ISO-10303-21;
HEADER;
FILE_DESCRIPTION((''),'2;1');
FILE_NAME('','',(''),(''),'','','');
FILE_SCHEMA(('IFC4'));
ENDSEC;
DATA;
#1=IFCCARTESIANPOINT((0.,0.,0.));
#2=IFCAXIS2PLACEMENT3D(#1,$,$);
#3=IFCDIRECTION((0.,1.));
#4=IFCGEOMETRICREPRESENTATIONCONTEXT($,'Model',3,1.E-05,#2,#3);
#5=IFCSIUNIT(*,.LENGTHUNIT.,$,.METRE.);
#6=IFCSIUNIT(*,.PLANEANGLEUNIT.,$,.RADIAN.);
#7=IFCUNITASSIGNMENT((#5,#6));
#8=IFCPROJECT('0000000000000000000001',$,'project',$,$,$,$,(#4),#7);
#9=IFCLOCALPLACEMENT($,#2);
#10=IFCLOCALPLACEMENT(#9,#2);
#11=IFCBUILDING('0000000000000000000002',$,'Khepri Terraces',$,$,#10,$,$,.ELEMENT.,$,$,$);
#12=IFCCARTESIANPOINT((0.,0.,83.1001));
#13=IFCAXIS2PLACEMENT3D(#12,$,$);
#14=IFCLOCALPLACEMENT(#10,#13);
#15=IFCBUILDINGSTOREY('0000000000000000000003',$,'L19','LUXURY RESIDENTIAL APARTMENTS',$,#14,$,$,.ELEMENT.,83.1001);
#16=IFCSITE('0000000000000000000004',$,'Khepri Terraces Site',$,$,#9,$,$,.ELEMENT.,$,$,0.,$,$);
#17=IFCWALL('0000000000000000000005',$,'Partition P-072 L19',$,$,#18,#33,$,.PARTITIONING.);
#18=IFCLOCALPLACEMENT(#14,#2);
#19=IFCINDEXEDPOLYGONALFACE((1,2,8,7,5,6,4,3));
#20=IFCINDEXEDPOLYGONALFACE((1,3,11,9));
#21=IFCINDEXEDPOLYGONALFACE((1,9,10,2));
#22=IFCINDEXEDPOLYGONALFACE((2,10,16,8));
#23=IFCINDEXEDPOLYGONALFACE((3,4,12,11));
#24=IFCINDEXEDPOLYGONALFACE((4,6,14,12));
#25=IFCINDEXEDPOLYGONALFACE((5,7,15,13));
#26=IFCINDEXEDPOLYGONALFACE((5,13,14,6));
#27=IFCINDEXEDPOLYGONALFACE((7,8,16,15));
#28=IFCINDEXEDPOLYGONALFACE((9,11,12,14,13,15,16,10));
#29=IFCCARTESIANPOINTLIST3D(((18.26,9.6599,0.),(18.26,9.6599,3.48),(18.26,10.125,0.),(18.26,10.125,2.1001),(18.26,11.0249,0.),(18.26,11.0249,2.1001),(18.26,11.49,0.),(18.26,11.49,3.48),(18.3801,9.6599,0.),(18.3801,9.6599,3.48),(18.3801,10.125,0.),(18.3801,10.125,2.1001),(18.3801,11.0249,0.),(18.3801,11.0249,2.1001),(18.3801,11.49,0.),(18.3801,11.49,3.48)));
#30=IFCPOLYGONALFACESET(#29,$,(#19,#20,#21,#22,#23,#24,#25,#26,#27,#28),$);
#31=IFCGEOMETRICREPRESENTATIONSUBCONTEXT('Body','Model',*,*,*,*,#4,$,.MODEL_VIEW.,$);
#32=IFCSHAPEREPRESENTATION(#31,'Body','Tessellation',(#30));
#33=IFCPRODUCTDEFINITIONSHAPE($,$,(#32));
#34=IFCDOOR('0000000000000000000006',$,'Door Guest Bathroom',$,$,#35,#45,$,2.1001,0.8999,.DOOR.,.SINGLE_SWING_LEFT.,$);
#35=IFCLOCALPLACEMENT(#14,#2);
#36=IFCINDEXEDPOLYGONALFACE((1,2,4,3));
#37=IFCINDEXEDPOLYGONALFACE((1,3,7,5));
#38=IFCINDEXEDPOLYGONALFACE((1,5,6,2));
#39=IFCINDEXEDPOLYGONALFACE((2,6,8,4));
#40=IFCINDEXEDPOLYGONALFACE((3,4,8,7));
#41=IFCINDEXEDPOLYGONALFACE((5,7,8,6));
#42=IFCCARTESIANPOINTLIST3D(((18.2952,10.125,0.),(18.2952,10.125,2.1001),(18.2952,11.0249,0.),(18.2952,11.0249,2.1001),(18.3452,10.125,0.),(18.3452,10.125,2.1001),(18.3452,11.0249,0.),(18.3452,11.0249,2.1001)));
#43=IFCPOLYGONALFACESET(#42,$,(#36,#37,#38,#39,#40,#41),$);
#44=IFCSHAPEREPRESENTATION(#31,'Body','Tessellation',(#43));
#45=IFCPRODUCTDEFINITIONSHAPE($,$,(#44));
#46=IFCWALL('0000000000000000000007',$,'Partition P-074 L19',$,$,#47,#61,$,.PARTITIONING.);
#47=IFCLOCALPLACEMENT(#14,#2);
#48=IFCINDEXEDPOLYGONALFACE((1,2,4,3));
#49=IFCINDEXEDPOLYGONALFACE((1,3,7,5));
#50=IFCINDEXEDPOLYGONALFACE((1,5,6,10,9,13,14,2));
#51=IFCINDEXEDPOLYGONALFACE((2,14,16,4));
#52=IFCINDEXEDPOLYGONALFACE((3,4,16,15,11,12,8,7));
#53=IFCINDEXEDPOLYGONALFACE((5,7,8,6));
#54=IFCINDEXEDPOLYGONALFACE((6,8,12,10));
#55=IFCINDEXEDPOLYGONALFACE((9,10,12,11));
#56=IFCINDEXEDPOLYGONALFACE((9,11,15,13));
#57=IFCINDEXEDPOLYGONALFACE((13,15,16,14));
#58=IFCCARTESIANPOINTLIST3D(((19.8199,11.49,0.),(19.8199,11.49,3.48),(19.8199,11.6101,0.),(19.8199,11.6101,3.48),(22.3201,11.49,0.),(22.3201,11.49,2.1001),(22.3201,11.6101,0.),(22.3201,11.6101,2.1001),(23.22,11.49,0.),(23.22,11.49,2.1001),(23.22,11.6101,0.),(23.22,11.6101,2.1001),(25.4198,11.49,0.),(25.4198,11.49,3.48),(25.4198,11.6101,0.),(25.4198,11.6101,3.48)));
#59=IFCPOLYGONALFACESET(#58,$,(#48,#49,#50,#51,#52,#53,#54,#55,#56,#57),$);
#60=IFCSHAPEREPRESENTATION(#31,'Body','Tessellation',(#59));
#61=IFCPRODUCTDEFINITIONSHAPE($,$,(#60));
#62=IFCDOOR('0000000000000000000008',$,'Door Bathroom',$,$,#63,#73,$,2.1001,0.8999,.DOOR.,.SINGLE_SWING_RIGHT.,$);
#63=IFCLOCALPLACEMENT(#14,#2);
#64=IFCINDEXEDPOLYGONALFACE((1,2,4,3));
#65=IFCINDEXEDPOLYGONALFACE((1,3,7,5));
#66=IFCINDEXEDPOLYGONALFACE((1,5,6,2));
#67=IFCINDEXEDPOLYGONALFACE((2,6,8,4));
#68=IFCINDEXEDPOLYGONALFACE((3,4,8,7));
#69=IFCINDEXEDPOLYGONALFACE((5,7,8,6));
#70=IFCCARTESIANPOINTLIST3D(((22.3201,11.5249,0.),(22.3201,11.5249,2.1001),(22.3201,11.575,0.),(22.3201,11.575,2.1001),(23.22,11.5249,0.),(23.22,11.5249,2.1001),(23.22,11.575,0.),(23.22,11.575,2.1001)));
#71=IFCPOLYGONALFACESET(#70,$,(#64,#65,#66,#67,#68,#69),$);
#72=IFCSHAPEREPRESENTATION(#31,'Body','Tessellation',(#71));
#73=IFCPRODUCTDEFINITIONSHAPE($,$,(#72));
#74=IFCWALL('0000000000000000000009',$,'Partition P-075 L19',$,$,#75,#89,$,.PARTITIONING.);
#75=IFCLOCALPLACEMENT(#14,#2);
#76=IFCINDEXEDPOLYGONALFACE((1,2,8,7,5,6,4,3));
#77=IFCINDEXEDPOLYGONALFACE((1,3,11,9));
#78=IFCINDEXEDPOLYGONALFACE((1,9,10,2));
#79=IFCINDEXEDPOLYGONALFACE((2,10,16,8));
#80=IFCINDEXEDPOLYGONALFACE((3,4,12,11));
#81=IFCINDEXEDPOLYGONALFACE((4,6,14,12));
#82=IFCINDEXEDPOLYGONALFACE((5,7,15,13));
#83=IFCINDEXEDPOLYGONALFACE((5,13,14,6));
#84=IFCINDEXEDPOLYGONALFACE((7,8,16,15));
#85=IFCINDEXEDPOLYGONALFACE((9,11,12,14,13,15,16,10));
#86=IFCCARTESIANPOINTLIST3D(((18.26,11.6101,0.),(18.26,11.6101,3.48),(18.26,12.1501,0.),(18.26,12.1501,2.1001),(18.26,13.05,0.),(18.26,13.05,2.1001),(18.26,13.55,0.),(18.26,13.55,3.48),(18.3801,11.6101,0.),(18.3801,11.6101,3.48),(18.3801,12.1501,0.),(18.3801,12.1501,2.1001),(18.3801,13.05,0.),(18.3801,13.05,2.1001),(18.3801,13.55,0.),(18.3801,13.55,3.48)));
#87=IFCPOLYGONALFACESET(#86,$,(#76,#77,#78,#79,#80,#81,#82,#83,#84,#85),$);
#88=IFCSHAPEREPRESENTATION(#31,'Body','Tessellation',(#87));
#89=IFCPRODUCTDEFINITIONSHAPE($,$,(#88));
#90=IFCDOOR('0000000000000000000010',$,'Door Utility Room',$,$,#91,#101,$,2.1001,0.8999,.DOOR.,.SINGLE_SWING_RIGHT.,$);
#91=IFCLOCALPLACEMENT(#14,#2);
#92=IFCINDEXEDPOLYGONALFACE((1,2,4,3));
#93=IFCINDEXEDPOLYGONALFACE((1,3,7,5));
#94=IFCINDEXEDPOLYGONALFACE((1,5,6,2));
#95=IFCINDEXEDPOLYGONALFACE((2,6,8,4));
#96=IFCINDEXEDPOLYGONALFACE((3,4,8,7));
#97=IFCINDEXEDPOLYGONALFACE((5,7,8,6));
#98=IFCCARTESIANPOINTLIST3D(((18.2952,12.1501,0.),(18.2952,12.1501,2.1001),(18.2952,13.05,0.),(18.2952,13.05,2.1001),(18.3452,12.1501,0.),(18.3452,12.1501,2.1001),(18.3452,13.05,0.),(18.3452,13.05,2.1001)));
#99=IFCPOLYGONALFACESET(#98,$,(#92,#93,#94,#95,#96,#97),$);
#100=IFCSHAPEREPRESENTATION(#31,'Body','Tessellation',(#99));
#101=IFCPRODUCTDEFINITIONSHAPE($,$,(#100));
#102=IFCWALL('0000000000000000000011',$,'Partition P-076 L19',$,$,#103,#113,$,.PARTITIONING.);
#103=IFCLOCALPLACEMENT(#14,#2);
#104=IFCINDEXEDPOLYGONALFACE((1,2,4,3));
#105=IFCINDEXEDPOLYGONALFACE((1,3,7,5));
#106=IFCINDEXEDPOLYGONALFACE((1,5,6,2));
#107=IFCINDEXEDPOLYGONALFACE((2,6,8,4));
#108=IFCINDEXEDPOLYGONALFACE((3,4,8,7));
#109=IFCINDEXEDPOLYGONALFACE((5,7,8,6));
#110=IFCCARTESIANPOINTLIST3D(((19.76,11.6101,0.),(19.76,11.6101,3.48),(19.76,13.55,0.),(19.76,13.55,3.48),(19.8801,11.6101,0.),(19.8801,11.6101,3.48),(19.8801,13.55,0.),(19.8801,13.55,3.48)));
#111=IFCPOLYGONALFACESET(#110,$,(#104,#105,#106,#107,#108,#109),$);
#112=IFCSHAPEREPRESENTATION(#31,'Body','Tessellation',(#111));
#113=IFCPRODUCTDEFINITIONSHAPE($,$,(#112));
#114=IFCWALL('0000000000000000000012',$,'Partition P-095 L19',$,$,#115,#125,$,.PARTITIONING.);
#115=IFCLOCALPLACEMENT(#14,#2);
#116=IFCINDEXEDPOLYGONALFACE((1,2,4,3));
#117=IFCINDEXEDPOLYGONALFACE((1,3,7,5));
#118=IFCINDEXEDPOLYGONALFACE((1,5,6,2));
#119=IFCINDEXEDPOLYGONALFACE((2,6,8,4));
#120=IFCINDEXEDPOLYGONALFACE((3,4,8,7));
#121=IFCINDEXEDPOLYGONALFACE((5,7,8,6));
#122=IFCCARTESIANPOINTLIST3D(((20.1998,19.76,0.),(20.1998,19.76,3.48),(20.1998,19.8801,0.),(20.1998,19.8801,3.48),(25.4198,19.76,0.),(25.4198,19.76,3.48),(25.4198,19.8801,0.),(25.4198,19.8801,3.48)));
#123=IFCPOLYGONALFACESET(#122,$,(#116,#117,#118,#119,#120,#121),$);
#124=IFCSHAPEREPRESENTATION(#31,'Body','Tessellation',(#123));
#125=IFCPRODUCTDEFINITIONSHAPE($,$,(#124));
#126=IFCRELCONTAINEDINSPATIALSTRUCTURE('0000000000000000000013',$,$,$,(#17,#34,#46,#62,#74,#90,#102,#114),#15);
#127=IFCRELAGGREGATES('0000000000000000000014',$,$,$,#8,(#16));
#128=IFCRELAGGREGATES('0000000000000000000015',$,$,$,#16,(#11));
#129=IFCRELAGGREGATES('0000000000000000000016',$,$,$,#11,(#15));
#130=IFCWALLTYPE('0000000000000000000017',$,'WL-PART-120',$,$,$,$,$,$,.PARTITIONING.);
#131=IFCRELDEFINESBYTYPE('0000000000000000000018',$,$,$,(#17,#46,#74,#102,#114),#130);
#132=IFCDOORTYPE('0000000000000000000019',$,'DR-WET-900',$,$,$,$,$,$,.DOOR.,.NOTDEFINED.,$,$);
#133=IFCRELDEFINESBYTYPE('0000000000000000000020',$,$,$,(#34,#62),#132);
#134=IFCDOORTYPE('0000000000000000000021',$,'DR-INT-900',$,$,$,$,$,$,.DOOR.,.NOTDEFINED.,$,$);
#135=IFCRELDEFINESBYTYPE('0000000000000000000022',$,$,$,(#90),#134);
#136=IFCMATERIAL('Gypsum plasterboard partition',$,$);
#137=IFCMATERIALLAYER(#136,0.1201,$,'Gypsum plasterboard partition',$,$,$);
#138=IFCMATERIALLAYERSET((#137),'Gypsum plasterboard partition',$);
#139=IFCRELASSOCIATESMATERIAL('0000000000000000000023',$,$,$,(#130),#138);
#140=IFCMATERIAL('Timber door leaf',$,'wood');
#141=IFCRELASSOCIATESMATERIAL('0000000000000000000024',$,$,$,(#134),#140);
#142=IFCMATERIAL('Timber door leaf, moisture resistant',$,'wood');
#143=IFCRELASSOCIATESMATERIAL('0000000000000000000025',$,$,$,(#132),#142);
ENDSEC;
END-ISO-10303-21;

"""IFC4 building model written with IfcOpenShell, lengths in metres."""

from ifc_helpers import new_model, si_unit, direction, frame, frame_2d, origin, place, context, subcontext, project, spatial, rectangle, extrude, material, layer, layer_set, type_object, element, fill, save


model = new_model("IFC4")

# Units and contexts
model_context = context("Model", 3, precision=1e-05, world=origin(), true_north=direction((0.0, 1.0)))
body_context = subcontext(model_context, "Body", "Model", "MODEL_VIEW")
ifc_project = project(units=[si_unit("LENGTHUNIT", "METRE"), si_unit("PLANEANGLEUNIT", "RADIAN")], contexts=[model_context])

# Site, building, storey
site_placement = place(None, origin())
site = spatial("IfcSite", under=ifc_project, at=site_placement, Name="Khepri Terraces Site", CompositionType="ELEMENT", RefElevation=0.0)
building_placement = place(site_placement, origin())
building = spatial("IfcBuilding", under=site, at=building_placement, Name="Khepri Terraces", CompositionType="ELEMENT")
storey_placement = place(building_placement, frame((0.0, 0.0, 83.1001)))
storey = spatial("IfcBuildingStorey", under=building, at=storey_placement, Name="L19", Description="LUXURY RESIDENTIAL APARTMENTS", CompositionType="ELEMENT", Elevation=83.1001)

# Shared definitions
ifc_material_1 = material(Name="Gypsum plasterboard partition")
ifc_layer_1 = layer(ifc_material_1, 0.1201, Name="Gypsum plasterboard partition")
ifc_layer_set_1 = layer_set([ifc_layer_1], Name="Gypsum plasterboard partition")
wall_type_1 = type_object("IfcWallType", Name="WL-PART-120", PredefinedType="PARTITIONING", material=ifc_layer_set_1)
ifc_material_2 = material(Name="Timber door leaf", Category="wood")
door_type_1 = type_object("IfcDoorType", Name="DR-INT-900", OperationType="NOTDEFINED", PredefinedType="DOOR", material=ifc_material_2)

# Walls, openings, doors
wall_1_placement = place(storey_placement, frame((18.3201, 9.6599, 0.0), z_axis=(0.0, 0.0, 1.0), x_axis=(0.0, 1.0, 0.0)))
wall_1 = element("IfcWall", 1, at=wall_1_placement, inside=storey, type_object=wall_type_1, Name="Partition P-072 L19", PredefinedType="PARTITIONING", context=body_context, shape_type="SweptSolid", body=[
    extrude(rectangle(XDim=1.8301, YDim=0.1201, at=frame_2d((0.915, 0.0))), origin(), (0.0, 0.0, 1.0), 3.48),
])
opening_1_placement = place(wall_1_placement, frame((0.4651, 0.0, 0.0)))
opening_1 = element("IfcOpeningElement", 2, at=opening_1_placement, cuts=wall_1, PredefinedType="OPENING", context=body_context, shape_type="SweptSolid", body=[
    extrude(rectangle(XDim=0.8999, YDim=2.1001, at=frame_2d((0.45, 1.05))), frame((0.0, 0.0701, 0.0), z_axis=(0.0, -1.0, 0.0), x_axis=(1.0, 0.0, 0.0)), (0.0, 0.0, 1.0), 0.1401),
])
ifc_material_3 = material(Name="Timber door leaf, moisture resistant", Category="wood")
door_type_2 = type_object("IfcDoorType", Name="DR-WET-900", OperationType="NOTDEFINED", PredefinedType="DOOR", material=ifc_material_3)
door_1_placement = place(opening_1_placement, origin())
door_1 = element("IfcDoor", 3, at=door_1_placement, inside=storey, type_object=door_type_2, Name="Door Guest Bathroom", OperationType="SINGLE_SWING_LEFT", OverallHeight=2.1001, OverallWidth=0.8999, PredefinedType="DOOR", context=body_context, shape_type="SweptSolid", body=[
    extrude(rectangle(XDim=0.8999, YDim=2.1001, at=frame_2d((0.45, 1.05))), frame((0.0, 0.0249, 0.0), z_axis=(0.0, -1.0, 0.0), x_axis=(1.0, 0.0, 0.0)), (0.0, 0.0, 1.0), 0.05),
])
fill(opening_1, door_1)
wall_2_placement = place(storey_placement, frame((19.8201, 11.55, 0.0), z_axis=(0.0, 0.0, 1.0), x_axis=(1.0, 0.0, 0.0)))
wall_2 = element("IfcWall", 4, at=wall_2_placement, inside=storey, type_object=wall_type_1, Name="Partition P-074 L19", PredefinedType="PARTITIONING", context=body_context, shape_type="SweptSolid", body=[
    extrude(rectangle(XDim=5.5999, YDim=0.1201, at=frame_2d((2.7998, 0.0))), origin(), (0.0, 0.0, 1.0), 3.48),
])
opening_2_placement = place(wall_2_placement, frame((2.5, 0.0, 0.0)))
opening_2 = element("IfcOpeningElement", 5, at=opening_2_placement, cuts=wall_2, PredefinedType="OPENING", context=body_context, shape_type="SweptSolid", body=[
    extrude(rectangle(XDim=0.8999, YDim=2.1001, at=frame_2d((0.45, 1.05))), frame((0.0, 0.0701, 0.0), z_axis=(0.0, -1.0, 0.0), x_axis=(1.0, 0.0, 0.0)), (0.0, 0.0, 1.0), 0.1401),
])
door_2_placement = place(opening_2_placement, origin())
door_2 = element("IfcDoor", 6, at=door_2_placement, inside=storey, type_object=door_type_2, Name="Door Bathroom", OperationType="SINGLE_SWING_RIGHT", OverallHeight=2.1001, OverallWidth=0.8999, PredefinedType="DOOR", context=body_context, shape_type="SweptSolid", body=[
    extrude(rectangle(XDim=0.8999, YDim=2.1001, at=frame_2d((0.45, 1.05))), frame((0.0, 0.0249, 0.0), z_axis=(0.0, -1.0, 0.0), x_axis=(1.0, 0.0, 0.0)), (0.0, 0.0, 1.0), 0.05),
])
fill(opening_2, door_2)
wall_3_placement = place(storey_placement, frame((18.3201, 11.6101, 0.0), z_axis=(0.0, 0.0, 1.0), x_axis=(0.0, 1.0, 0.0)))
wall_3 = element("IfcWall", 7, at=wall_3_placement, inside=storey, type_object=wall_type_1, Name="Partition P-075 L19", PredefinedType="PARTITIONING", context=body_context, shape_type="SweptSolid", body=[
    extrude(rectangle(XDim=1.9399, YDim=0.1201, at=frame_2d((0.97, 0.0))), origin(), (0.0, 0.0, 1.0), 3.48),
])
opening_3_placement = place(wall_3_placement, frame((0.54, 0.0, 0.0)))
opening_3 = element("IfcOpeningElement", 8, at=opening_3_placement, cuts=wall_3, PredefinedType="OPENING", context=body_context, shape_type="SweptSolid", body=[
    extrude(rectangle(XDim=0.8999, YDim=2.1001, at=frame_2d((0.45, 1.05))), frame((0.0, 0.0701, 0.0), z_axis=(0.0, -1.0, 0.0), x_axis=(1.0, 0.0, 0.0)), (0.0, 0.0, 1.0), 0.1401),
])
door_3_placement = place(opening_3_placement, origin())
door_3 = element("IfcDoor", 9, at=door_3_placement, inside=storey, type_object=door_type_1, Name="Door Utility Room", OperationType="SINGLE_SWING_RIGHT", OverallHeight=2.1001, OverallWidth=0.8999, PredefinedType="DOOR", context=body_context, shape_type="SweptSolid", body=[
    extrude(rectangle(XDim=0.8999, YDim=2.1001, at=frame_2d((0.45, 1.05))), frame((0.0, 0.0249, 0.0), z_axis=(0.0, -1.0, 0.0), x_axis=(1.0, 0.0, 0.0)), (0.0, 0.0, 1.0), 0.05),
])
fill(opening_3, door_3)

# Walls
wall_4_placement = place(storey_placement, frame((19.8201, 11.6101, 0.0), z_axis=(0.0, 0.0, 1.0), x_axis=(0.0, 1.0, 0.0)))
element("IfcWall", 10, at=wall_4_placement, inside=storey, type_object=wall_type_1, Name="Partition P-076 L19", PredefinedType="PARTITIONING", context=body_context, shape_type="SweptSolid", body=[
    extrude(rectangle(XDim=1.9399, YDim=0.1201, at=frame_2d((0.97, 0.0))), origin(), (0.0, 0.0, 1.0), 3.48),
])
wall_5_placement = place(storey_placement, frame((20.2, 19.8201, 0.0), z_axis=(0.0, 0.0, 1.0), x_axis=(1.0, 0.0, 0.0)))
element("IfcWall", 11, at=wall_5_placement, inside=storey, type_object=wall_type_1, Name="Partition P-095 L19", PredefinedType="PARTITIONING", context=body_context, shape_type="SweptSolid", body=[
    extrude(rectangle(XDim=5.22, YDim=0.1201, at=frame_2d((2.6099, 0.0))), origin(), (0.0, 0.0, 1.0), 3.48),
])

save(model, "model.ifc")
